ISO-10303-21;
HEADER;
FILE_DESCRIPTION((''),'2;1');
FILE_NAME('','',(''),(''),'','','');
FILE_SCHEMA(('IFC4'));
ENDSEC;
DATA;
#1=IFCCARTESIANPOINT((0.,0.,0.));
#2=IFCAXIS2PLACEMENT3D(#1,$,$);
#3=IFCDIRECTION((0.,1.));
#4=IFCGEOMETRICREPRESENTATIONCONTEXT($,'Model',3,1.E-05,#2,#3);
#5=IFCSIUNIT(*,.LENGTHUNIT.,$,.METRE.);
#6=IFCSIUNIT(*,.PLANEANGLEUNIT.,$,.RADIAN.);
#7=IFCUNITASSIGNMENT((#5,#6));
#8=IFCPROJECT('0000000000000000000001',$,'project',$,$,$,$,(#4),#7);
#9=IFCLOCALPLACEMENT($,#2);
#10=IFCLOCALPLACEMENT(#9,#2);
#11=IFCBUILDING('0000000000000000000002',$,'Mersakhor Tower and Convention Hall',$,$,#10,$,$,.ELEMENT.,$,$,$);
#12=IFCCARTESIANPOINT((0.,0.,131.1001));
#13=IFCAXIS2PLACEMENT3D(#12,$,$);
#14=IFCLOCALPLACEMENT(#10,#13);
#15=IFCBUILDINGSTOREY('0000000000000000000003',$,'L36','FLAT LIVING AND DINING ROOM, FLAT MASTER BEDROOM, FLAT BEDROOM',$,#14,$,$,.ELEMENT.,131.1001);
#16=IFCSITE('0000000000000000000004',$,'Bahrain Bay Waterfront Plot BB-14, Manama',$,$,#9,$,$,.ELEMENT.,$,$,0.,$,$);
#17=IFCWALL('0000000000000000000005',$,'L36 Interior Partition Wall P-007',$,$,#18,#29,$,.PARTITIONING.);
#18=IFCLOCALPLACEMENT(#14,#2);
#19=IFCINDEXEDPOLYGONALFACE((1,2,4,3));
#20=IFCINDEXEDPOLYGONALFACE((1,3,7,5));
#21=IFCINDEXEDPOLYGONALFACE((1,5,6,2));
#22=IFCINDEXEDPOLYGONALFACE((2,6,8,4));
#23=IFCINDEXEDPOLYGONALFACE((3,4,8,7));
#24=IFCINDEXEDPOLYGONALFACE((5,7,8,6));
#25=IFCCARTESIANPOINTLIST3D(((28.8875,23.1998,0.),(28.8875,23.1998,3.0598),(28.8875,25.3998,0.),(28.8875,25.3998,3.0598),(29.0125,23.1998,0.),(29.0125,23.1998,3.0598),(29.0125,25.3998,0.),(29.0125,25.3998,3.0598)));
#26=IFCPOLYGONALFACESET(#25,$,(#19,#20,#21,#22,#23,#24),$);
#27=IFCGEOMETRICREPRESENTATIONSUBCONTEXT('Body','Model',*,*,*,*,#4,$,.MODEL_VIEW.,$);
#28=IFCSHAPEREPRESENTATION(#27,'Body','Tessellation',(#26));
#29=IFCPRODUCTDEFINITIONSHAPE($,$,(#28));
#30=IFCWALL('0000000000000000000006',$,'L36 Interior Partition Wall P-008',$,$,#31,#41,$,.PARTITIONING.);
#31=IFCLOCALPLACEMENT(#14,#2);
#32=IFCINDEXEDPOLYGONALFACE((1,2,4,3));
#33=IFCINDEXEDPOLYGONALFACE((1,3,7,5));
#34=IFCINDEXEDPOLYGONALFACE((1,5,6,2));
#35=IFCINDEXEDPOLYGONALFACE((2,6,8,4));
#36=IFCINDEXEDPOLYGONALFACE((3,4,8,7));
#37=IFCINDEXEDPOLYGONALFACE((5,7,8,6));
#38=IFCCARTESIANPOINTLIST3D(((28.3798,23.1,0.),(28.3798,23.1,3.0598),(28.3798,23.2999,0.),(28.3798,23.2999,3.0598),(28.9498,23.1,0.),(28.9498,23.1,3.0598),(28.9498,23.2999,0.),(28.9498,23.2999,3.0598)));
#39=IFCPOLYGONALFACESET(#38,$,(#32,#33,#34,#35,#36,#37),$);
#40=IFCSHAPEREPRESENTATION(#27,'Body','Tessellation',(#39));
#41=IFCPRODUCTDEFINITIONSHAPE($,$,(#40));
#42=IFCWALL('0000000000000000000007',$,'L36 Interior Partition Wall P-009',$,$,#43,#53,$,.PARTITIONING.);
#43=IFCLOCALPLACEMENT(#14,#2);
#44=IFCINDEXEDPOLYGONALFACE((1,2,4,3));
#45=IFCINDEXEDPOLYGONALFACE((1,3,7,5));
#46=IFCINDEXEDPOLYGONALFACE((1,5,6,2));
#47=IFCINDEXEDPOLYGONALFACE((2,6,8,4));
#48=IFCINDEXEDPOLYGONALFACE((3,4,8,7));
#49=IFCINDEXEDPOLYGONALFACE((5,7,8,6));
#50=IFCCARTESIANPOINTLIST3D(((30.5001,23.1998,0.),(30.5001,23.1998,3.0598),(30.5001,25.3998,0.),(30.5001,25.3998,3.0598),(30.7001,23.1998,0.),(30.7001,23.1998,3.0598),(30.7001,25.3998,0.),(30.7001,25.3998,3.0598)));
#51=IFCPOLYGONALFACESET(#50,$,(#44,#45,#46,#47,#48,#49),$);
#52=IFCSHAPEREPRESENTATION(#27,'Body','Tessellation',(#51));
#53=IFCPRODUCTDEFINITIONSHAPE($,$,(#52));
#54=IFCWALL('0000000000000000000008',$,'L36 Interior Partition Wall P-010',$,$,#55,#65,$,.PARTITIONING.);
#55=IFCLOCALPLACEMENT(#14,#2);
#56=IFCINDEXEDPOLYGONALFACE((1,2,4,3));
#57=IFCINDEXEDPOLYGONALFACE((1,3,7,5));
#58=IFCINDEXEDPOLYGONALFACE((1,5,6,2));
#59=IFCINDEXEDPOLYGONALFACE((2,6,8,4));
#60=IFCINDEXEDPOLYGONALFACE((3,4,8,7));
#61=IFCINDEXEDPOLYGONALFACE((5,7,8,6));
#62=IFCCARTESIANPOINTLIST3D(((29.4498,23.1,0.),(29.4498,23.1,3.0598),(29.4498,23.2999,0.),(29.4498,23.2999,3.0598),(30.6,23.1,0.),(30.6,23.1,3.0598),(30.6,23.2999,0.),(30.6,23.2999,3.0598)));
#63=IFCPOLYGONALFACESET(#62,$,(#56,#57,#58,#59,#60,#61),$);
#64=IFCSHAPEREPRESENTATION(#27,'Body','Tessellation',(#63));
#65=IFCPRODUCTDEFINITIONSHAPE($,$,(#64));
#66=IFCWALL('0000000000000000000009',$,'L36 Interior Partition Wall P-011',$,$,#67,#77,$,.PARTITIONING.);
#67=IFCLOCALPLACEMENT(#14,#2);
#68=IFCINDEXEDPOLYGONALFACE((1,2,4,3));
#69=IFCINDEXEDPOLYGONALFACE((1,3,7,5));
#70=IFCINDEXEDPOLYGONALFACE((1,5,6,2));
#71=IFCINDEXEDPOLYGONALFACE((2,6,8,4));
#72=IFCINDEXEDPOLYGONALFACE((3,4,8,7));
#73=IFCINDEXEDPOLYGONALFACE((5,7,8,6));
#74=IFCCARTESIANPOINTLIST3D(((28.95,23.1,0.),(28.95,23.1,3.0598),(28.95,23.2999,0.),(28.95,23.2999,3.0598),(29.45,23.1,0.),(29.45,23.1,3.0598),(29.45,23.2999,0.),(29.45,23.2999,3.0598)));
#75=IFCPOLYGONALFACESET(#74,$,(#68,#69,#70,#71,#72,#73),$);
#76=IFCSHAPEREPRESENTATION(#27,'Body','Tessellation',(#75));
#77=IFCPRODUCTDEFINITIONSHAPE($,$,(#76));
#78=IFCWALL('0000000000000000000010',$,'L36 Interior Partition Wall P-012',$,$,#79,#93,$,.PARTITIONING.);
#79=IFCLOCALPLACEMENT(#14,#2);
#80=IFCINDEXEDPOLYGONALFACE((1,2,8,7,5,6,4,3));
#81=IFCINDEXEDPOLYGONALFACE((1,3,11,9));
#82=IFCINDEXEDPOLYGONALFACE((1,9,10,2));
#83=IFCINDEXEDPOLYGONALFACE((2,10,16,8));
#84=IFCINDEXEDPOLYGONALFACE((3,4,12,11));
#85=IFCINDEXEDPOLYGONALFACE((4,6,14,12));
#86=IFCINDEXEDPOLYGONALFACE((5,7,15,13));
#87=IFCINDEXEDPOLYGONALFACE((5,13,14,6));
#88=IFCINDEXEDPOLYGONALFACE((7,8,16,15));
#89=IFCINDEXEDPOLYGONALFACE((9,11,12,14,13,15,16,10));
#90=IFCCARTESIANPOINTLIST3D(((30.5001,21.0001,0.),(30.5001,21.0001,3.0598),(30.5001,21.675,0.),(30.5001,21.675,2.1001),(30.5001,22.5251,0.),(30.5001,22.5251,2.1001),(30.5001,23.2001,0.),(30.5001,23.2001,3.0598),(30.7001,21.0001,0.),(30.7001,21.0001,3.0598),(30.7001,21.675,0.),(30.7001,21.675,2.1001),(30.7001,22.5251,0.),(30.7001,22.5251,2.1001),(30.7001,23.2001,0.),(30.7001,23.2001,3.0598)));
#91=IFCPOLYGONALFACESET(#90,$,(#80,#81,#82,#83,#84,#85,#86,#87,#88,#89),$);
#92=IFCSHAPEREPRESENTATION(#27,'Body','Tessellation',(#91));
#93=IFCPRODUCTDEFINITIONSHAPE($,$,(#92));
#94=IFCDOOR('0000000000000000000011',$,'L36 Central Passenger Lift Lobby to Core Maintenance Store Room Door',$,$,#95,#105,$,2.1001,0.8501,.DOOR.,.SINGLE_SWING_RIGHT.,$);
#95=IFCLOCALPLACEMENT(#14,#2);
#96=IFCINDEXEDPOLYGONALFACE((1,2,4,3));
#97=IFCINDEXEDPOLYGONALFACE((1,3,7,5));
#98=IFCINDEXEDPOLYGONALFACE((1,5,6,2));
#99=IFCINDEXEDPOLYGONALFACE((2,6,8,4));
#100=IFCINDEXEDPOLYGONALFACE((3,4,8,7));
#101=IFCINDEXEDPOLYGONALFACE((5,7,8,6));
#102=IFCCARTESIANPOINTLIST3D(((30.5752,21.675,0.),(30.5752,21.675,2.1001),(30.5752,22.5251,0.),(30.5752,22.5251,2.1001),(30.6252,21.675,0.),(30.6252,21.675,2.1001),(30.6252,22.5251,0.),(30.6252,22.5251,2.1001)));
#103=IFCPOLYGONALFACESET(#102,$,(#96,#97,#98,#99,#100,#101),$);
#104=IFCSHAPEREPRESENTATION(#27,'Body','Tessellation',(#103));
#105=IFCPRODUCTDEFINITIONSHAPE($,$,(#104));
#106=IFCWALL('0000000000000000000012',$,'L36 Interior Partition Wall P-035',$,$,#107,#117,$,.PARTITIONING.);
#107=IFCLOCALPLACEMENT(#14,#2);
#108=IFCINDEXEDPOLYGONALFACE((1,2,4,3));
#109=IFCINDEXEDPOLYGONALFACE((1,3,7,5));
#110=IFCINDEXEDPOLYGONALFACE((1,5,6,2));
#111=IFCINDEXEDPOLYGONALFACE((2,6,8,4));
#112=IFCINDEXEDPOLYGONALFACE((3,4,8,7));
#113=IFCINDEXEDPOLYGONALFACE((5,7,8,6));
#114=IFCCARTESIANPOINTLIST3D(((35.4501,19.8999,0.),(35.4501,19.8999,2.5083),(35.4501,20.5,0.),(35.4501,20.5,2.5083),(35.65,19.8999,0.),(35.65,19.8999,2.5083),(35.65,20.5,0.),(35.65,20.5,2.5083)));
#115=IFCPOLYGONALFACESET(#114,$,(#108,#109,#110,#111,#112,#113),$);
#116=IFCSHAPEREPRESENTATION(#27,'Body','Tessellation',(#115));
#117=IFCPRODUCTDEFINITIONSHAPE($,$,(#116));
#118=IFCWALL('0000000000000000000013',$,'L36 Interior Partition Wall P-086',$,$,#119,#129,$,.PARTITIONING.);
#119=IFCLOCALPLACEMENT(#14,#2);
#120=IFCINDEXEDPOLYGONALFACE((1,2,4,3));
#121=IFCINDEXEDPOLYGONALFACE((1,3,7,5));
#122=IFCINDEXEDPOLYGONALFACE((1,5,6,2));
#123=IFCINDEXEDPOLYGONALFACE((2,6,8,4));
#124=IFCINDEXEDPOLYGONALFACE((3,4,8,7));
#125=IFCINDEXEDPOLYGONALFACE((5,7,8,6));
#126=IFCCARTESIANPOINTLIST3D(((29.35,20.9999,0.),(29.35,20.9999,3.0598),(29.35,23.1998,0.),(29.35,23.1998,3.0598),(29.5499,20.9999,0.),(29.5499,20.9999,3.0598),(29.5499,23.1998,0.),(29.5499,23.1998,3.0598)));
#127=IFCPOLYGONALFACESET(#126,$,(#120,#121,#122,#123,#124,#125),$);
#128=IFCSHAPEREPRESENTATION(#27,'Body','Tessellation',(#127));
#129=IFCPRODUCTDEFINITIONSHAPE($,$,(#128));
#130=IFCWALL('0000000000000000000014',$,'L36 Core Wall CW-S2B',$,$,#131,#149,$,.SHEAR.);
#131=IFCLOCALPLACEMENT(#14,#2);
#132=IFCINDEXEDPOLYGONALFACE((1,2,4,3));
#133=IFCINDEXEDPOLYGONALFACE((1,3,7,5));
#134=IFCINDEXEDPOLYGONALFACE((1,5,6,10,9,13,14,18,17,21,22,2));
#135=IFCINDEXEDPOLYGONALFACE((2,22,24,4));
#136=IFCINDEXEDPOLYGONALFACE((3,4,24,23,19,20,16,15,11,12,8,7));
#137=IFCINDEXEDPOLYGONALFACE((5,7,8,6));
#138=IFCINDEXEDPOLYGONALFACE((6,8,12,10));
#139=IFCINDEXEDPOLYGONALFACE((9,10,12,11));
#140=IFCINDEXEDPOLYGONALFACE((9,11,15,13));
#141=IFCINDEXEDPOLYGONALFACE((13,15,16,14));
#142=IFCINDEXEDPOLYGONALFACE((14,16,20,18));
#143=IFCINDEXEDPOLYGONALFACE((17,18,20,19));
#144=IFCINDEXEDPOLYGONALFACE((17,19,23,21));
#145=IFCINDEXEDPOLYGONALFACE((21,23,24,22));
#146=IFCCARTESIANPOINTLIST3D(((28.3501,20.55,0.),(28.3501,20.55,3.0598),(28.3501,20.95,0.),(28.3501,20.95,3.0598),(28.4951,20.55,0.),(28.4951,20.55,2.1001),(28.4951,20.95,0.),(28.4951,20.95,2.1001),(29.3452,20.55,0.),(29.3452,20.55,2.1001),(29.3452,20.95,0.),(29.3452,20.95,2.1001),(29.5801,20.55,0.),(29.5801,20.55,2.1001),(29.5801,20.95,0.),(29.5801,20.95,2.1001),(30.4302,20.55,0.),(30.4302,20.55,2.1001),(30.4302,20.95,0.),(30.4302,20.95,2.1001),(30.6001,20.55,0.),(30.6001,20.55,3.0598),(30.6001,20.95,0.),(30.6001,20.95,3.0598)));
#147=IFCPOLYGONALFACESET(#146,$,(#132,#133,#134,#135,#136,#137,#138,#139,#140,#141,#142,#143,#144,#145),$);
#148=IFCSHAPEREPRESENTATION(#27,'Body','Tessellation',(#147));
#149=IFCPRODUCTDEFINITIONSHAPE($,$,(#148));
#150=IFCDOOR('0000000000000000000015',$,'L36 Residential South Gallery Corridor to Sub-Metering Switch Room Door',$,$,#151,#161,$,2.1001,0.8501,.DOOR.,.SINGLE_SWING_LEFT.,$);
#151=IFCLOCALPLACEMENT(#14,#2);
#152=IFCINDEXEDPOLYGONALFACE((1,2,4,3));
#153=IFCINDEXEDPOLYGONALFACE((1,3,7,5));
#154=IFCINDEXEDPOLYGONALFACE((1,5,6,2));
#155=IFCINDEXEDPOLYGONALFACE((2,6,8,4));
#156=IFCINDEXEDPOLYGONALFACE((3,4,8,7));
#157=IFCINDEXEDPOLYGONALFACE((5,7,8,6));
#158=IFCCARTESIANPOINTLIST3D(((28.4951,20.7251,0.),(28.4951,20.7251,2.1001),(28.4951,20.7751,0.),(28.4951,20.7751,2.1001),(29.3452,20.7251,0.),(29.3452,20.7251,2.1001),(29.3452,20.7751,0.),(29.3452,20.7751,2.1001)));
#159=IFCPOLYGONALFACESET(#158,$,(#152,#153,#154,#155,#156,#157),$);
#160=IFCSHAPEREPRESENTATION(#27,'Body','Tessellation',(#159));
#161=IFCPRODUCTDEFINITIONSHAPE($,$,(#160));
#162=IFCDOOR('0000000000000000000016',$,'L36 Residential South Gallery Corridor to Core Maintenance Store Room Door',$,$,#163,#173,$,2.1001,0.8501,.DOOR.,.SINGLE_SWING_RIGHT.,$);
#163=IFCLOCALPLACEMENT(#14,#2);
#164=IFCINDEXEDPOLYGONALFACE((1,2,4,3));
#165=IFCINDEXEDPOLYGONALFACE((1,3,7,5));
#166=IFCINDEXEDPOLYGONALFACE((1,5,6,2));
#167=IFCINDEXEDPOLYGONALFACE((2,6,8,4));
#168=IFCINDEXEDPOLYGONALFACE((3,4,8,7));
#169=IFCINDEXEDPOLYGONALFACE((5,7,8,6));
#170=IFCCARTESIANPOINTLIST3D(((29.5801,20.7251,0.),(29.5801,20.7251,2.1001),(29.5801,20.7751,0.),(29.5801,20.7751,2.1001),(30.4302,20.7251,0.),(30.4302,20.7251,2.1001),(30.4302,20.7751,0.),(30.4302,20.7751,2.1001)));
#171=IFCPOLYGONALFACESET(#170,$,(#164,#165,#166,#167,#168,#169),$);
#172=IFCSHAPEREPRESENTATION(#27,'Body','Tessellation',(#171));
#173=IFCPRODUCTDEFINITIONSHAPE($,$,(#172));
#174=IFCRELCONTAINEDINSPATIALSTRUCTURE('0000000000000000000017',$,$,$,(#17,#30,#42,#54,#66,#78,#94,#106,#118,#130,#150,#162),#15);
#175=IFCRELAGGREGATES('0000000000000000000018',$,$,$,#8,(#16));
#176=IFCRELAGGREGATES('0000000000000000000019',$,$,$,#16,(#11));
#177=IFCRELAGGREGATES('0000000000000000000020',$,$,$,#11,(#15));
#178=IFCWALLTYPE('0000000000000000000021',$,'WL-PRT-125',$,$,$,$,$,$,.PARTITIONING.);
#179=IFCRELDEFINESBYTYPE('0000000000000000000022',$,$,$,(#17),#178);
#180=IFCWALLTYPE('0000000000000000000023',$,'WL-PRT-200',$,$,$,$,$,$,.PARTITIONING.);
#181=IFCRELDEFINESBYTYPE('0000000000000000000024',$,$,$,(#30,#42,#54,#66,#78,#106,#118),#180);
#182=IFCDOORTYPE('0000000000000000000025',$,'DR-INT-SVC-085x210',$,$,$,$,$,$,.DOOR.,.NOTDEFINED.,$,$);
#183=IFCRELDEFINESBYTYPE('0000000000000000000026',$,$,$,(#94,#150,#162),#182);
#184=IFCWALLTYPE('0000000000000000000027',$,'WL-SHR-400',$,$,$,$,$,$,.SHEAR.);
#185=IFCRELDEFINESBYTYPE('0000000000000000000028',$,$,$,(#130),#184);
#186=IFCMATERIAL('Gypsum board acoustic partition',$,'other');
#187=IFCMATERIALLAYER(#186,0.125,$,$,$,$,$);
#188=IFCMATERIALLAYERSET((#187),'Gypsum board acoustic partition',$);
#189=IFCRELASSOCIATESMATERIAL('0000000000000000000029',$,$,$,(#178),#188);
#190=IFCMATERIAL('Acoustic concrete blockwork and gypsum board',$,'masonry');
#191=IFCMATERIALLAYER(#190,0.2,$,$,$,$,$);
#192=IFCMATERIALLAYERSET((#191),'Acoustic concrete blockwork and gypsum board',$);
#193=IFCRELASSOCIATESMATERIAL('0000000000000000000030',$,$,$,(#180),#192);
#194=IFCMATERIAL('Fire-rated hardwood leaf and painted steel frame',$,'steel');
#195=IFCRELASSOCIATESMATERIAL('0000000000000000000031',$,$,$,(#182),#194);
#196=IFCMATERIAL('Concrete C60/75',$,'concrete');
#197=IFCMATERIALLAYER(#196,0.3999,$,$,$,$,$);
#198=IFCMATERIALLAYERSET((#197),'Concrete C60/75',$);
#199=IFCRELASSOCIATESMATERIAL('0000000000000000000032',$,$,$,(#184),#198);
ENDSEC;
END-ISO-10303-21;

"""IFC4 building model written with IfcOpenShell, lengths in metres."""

from ifc_helpers import new_model, si_unit, direction, frame, frame_2d, origin, place, context, subcontext, project, spatial, rectangle, extrude, material, layer, layer_set, type_object, element, fill, save


model = new_model("IFC4")

# Units and contexts
model_context = context("Model", 3, precision=1e-05, world=origin(), true_north=direction((0.0, 1.0)))
body_context = subcontext(model_context, "Body", "Model", "MODEL_VIEW")
ifc_project = project(units=[si_unit("LENGTHUNIT", "METRE"), si_unit("PLANEANGLEUNIT", "RADIAN")], contexts=[model_context])

# Site, building, storey
site_placement = place(None, origin())
site = spatial("IfcSite", under=ifc_project, at=site_placement, Name="Bahrain Bay Waterfront Plot BB-14, Manama", CompositionType="ELEMENT", RefElevation=0.0)
building_placement = place(site_placement, origin())
building = spatial("IfcBuilding", under=site, at=building_placement, Name="Mersakhor Tower and Convention Hall", CompositionType="ELEMENT")
storey_placement = place(building_placement, frame((0.0, 0.0, 131.1001)))
storey = spatial("IfcBuildingStorey", under=building, at=storey_placement, Name="L36", Description="FLAT LIVING AND DINING ROOM, FLAT MASTER BEDROOM, FLAT BEDROOM", CompositionType="ELEMENT", Elevation=131.1001)

# Walls
ifc_material_1 = material(Name="Gypsum board acoustic partition", Category="other")
ifc_layer_1 = layer(ifc_material_1, 0.125)
ifc_layer_set_1 = layer_set([ifc_layer_1], Name="Gypsum board acoustic partition")
wall_type_1 = type_object("IfcWallType", Name="WL-PRT-125", PredefinedType="PARTITIONING", material=ifc_layer_set_1)
wall_1_placement = place(storey_placement, frame((28.95, 25.3999, 0.0), z_axis=(0.0, 0.0, 1.0), x_axis=(0.0, -1.0, 0.0)))
element("IfcWall", 1, at=wall_1_placement, inside=storey, type_object=wall_type_1, Name="L36 Interior Partition Wall P-007", PredefinedType="PARTITIONING", context=body_context, shape_type="SweptSolid", body=[
    extrude(rectangle(XDim=2.2, YDim=0.125, at=frame_2d((1.1001, 0.0))), origin(), (0.0, 0.0, 1.0), 3.0598),
])
ifc_material_2 = material(Name="Acoustic concrete blockwork and gypsum board", Category="masonry")
ifc_layer_2 = layer(ifc_material_2, 0.2)
ifc_layer_set_2 = layer_set([ifc_layer_2], Name="Acoustic concrete blockwork and gypsum board")
wall_type_2 = type_object("IfcWallType", Name="WL-PRT-200", PredefinedType="PARTITIONING", material=ifc_layer_set_2)
wall_2_placement = place(storey_placement, frame((28.95, 23.2, 0.0), z_axis=(0.0, 0.0, 1.0), x_axis=(-1.0, 0.0, 0.0)))
element("IfcWall", 2, at=wall_2_placement, inside=storey, type_object=wall_type_2, Name="L36 Interior Partition Wall P-008", PredefinedType="PARTITIONING", context=body_context, shape_type="SweptSolid", body=[
    extrude(rectangle(XDim=0.5701, YDim=0.2, at=frame_2d((0.2852, 0.0))), origin(), (0.0, 0.0, 1.0), 3.0598),
])
wall_3_placement = place(storey_placement, frame((30.6001, 25.3999, 0.0), z_axis=(0.0, 0.0, 1.0), x_axis=(0.0, -1.0, 0.0)))
element("IfcWall", 3, at=wall_3_placement, inside=storey, type_object=wall_type_2, Name="L36 Interior Partition Wall P-009", PredefinedType="PARTITIONING", context=body_context, shape_type="SweptSolid", body=[
    extrude(rectangle(XDim=2.2, YDim=0.2, at=frame_2d((1.1001, 0.0))), origin(), (0.0, 0.0, 1.0), 3.0598),
])
wall_4_placement = place(storey_placement, frame((30.6001, 23.2, 0.0), z_axis=(0.0, 0.0, 1.0), x_axis=(-1.0, 0.0, 0.0)))
element("IfcWall", 4, at=wall_4_placement, inside=storey, type_object=wall_type_2, Name="L36 Interior Partition Wall P-010", PredefinedType="PARTITIONING", context=body_context, shape_type="SweptSolid", body=[
    extrude(rectangle(XDim=1.1501, YDim=0.2, at=frame_2d((0.5752, 0.0))), origin(), (0.0, 0.0, 1.0), 3.0598),
])
wall_5_placement = place(storey_placement, frame((29.45, 23.2, 0.0), z_axis=(0.0, 0.0, 1.0), x_axis=(-1.0, 0.0, 0.0)))
element("IfcWall", 5, at=wall_5_placement, inside=storey, type_object=wall_type_2, Name="L36 Interior Partition Wall P-011", PredefinedType="PARTITIONING", context=body_context, shape_type="SweptSolid", body=[
    extrude(rectangle(XDim=0.5, YDim=0.2, at=frame_2d((0.25, 0.0))), origin(), (0.0, 0.0, 1.0), 3.0598),
])

# Wall, opening, door
wall_6_placement = place(storey_placement, frame((30.6001, 21.0, 0.0), z_axis=(0.0, 0.0, 1.0), x_axis=(0.0, 1.0, 0.0)))
wall_6 = element("IfcWall", 6, at=wall_6_placement, inside=storey, type_object=wall_type_2, Name="L36 Interior Partition Wall P-012", PredefinedType="PARTITIONING", context=body_context, shape_type="SweptSolid", body=[
    extrude(rectangle(XDim=2.2, YDim=0.2, at=frame_2d((1.1001, 0.0))), origin(), (0.0, 0.0, 1.0), 3.0598),
])
opening_1_placement = place(wall_6_placement, frame((0.675, 0.0, 0.0)))
opening_1 = element("IfcOpeningElement", 7, at=opening_1_placement, cuts=wall_6, PredefinedType="OPENING", context=body_context, shape_type="SweptSolid", body=[
    extrude(rectangle(XDim=0.8501, YDim=2.1001, at=frame_2d((0.425, 1.05))), frame((0.0, 0.1099, 0.0), z_axis=(0.0, -1.0, 0.0), x_axis=(1.0, 0.0, 0.0)), (0.0, 0.0, 1.0), 0.22),
])
ifc_material_3 = material(Name="Fire-rated hardwood leaf and painted steel frame", Category="steel")
door_type_1 = type_object("IfcDoorType", Name="DR-INT-SVC-085x210", OperationType="NOTDEFINED", PredefinedType="DOOR", material=ifc_material_3)
door_1_placement = place(opening_1_placement, origin())
door_1 = element("IfcDoor", 8, at=door_1_placement, inside=storey, type_object=door_type_1, Name="L36 Central Passenger Lift Lobby to Core Maintenance Store Room Door", OperationType="SINGLE_SWING_RIGHT", OverallHeight=2.1001, OverallWidth=0.8501, PredefinedType="DOOR", context=body_context, shape_type="SweptSolid", body=[
    extrude(rectangle(XDim=0.8501, YDim=2.1001, at=frame_2d((0.425, 1.05))), frame((0.0, 0.0249, 0.0), z_axis=(0.0, -1.0, 0.0), x_axis=(1.0, 0.0, 0.0)), (0.0, 0.0, 1.0), 0.05),
])
fill(opening_1, door_1)

# Walls
wall_7_placement = place(storey_placement, frame((35.55, 20.5, 0.0), z_axis=(0.0, 0.0, 1.0), x_axis=(0.0, -1.0, 0.0)))
element("IfcWall", 9, at=wall_7_placement, inside=storey, type_object=wall_type_2, Name="L36 Interior Partition Wall P-035", PredefinedType="PARTITIONING", context=body_context, shape_type="SweptSolid", body=[
    extrude(rectangle(XDim=0.6001, YDim=0.2, at=frame_2d((0.3, 0.0))), origin(), (0.0, 0.0, 1.0), 2.5083),
])
wall_8_placement = place(storey_placement, frame((29.45, 23.2, 0.0), z_axis=(0.0, 0.0, 1.0), x_axis=(0.0, -1.0, 0.0)))
element("IfcWall", 10, at=wall_8_placement, inside=storey, type_object=wall_type_2, Name="L36 Interior Partition Wall P-086", PredefinedType="PARTITIONING", context=body_context, shape_type="SweptSolid", body=[
    extrude(rectangle(XDim=2.2, YDim=0.2, at=frame_2d((1.1001, 0.0))), origin(), (0.0, 0.0, 1.0), 3.0598),
])

# Shared definitions
ifc_material_4 = material(Name="Concrete C60/75", Category="concrete")
ifc_layer_3 = layer(ifc_material_4, 0.3999)
ifc_layer_set_3 = layer_set([ifc_layer_3], Name="Concrete C60/75")
wall_type_3 = type_object("IfcWallType", Name="WL-SHR-400", PredefinedType="SHEAR", material=ifc_layer_set_3)

# Wall, openings, doors
wall_9_placement = place(storey_placement, frame((30.6001, 20.75, 0.0), z_axis=(0.0, 0.0, 1.0), x_axis=(-1.0, 0.0, 0.0)))
wall_9 = element("IfcWall", 11, at=wall_9_placement, inside=storey, type_object=wall_type_3, Name="L36 Core Wall CW-S2B", PredefinedType="SHEAR", context=body_context, shape_type="SweptSolid", body=[
    extrude(rectangle(XDim=2.25, YDim=0.3999, at=frame_2d((1.125, 0.0))), origin(), (0.0, 0.0, 1.0), 3.0598),
])
opening_2_placement = place(wall_9_placement, frame((1.2549, 0.0, 0.0)))
opening_2 = element("IfcOpeningElement", 12, at=opening_2_placement, cuts=wall_9, PredefinedType="OPENING", context=body_context, shape_type="SweptSolid", body=[
    extrude(rectangle(XDim=0.8501, YDim=2.1001, at=frame_2d((0.425, 1.05))), frame((0.0, 0.21, 0.0), z_axis=(0.0, -1.0, 0.0), x_axis=(1.0, 0.0, 0.0)), (0.0, 0.0, 1.0), 0.4199),
])
opening_3_placement = place(wall_9_placement, frame((0.1699, 0.0, 0.0)))
opening_3 = element("IfcOpeningElement", 13, at=opening_3_placement, cuts=wall_9, PredefinedType="OPENING", context=body_context, shape_type="SweptSolid", body=[
    extrude(rectangle(XDim=0.8501, YDim=2.1001, at=frame_2d((0.425, 1.05))), frame((0.0, 0.21, 0.0), z_axis=(0.0, -1.0, 0.0), x_axis=(1.0, 0.0, 0.0)), (0.0, 0.0, 1.0), 0.4199),
])
door_2_placement = place(opening_2_placement, origin())
door_2 = element("IfcDoor", 14, at=door_2_placement, inside=storey, type_object=door_type_1, Name="L36 Residential South Gallery Corridor to Sub-Metering Switch Room Door", OperationType="SINGLE_SWING_LEFT", OverallHeight=2.1001, OverallWidth=0.8501, PredefinedType="DOOR", context=body_context, shape_type="SweptSolid", body=[
    extrude(rectangle(XDim=0.8501, YDim=2.1001, at=frame_2d((0.425, 1.05))), frame((0.0, 0.0249, 0.0), z_axis=(0.0, -1.0, 0.0), x_axis=(1.0, 0.0, 0.0)), (0.0, 0.0, 1.0), 0.05),
])
fill(opening_2, door_2)
door_3_placement = place(opening_3_placement, origin())
door_3 = element("IfcDoor", 15, at=door_3_placement, inside=storey, type_object=door_type_1, Name="L36 Residential South Gallery Corridor to Core Maintenance Store Room Door", OperationType="SINGLE_SWING_RIGHT", OverallHeight=2.1001, OverallWidth=0.8501, PredefinedType="DOOR", context=body_context, shape_type="SweptSolid", body=[
    extrude(rectangle(XDim=0.8501, YDim=2.1001, at=frame_2d((0.425, 1.05))), frame((0.0, 0.0249, 0.0), z_axis=(0.0, -1.0, 0.0), x_axis=(1.0, 0.0, 0.0)), (0.0, 0.0, 1.0), 0.05),
])
fill(opening_3, door_3)

save(model, "model.ifc")
